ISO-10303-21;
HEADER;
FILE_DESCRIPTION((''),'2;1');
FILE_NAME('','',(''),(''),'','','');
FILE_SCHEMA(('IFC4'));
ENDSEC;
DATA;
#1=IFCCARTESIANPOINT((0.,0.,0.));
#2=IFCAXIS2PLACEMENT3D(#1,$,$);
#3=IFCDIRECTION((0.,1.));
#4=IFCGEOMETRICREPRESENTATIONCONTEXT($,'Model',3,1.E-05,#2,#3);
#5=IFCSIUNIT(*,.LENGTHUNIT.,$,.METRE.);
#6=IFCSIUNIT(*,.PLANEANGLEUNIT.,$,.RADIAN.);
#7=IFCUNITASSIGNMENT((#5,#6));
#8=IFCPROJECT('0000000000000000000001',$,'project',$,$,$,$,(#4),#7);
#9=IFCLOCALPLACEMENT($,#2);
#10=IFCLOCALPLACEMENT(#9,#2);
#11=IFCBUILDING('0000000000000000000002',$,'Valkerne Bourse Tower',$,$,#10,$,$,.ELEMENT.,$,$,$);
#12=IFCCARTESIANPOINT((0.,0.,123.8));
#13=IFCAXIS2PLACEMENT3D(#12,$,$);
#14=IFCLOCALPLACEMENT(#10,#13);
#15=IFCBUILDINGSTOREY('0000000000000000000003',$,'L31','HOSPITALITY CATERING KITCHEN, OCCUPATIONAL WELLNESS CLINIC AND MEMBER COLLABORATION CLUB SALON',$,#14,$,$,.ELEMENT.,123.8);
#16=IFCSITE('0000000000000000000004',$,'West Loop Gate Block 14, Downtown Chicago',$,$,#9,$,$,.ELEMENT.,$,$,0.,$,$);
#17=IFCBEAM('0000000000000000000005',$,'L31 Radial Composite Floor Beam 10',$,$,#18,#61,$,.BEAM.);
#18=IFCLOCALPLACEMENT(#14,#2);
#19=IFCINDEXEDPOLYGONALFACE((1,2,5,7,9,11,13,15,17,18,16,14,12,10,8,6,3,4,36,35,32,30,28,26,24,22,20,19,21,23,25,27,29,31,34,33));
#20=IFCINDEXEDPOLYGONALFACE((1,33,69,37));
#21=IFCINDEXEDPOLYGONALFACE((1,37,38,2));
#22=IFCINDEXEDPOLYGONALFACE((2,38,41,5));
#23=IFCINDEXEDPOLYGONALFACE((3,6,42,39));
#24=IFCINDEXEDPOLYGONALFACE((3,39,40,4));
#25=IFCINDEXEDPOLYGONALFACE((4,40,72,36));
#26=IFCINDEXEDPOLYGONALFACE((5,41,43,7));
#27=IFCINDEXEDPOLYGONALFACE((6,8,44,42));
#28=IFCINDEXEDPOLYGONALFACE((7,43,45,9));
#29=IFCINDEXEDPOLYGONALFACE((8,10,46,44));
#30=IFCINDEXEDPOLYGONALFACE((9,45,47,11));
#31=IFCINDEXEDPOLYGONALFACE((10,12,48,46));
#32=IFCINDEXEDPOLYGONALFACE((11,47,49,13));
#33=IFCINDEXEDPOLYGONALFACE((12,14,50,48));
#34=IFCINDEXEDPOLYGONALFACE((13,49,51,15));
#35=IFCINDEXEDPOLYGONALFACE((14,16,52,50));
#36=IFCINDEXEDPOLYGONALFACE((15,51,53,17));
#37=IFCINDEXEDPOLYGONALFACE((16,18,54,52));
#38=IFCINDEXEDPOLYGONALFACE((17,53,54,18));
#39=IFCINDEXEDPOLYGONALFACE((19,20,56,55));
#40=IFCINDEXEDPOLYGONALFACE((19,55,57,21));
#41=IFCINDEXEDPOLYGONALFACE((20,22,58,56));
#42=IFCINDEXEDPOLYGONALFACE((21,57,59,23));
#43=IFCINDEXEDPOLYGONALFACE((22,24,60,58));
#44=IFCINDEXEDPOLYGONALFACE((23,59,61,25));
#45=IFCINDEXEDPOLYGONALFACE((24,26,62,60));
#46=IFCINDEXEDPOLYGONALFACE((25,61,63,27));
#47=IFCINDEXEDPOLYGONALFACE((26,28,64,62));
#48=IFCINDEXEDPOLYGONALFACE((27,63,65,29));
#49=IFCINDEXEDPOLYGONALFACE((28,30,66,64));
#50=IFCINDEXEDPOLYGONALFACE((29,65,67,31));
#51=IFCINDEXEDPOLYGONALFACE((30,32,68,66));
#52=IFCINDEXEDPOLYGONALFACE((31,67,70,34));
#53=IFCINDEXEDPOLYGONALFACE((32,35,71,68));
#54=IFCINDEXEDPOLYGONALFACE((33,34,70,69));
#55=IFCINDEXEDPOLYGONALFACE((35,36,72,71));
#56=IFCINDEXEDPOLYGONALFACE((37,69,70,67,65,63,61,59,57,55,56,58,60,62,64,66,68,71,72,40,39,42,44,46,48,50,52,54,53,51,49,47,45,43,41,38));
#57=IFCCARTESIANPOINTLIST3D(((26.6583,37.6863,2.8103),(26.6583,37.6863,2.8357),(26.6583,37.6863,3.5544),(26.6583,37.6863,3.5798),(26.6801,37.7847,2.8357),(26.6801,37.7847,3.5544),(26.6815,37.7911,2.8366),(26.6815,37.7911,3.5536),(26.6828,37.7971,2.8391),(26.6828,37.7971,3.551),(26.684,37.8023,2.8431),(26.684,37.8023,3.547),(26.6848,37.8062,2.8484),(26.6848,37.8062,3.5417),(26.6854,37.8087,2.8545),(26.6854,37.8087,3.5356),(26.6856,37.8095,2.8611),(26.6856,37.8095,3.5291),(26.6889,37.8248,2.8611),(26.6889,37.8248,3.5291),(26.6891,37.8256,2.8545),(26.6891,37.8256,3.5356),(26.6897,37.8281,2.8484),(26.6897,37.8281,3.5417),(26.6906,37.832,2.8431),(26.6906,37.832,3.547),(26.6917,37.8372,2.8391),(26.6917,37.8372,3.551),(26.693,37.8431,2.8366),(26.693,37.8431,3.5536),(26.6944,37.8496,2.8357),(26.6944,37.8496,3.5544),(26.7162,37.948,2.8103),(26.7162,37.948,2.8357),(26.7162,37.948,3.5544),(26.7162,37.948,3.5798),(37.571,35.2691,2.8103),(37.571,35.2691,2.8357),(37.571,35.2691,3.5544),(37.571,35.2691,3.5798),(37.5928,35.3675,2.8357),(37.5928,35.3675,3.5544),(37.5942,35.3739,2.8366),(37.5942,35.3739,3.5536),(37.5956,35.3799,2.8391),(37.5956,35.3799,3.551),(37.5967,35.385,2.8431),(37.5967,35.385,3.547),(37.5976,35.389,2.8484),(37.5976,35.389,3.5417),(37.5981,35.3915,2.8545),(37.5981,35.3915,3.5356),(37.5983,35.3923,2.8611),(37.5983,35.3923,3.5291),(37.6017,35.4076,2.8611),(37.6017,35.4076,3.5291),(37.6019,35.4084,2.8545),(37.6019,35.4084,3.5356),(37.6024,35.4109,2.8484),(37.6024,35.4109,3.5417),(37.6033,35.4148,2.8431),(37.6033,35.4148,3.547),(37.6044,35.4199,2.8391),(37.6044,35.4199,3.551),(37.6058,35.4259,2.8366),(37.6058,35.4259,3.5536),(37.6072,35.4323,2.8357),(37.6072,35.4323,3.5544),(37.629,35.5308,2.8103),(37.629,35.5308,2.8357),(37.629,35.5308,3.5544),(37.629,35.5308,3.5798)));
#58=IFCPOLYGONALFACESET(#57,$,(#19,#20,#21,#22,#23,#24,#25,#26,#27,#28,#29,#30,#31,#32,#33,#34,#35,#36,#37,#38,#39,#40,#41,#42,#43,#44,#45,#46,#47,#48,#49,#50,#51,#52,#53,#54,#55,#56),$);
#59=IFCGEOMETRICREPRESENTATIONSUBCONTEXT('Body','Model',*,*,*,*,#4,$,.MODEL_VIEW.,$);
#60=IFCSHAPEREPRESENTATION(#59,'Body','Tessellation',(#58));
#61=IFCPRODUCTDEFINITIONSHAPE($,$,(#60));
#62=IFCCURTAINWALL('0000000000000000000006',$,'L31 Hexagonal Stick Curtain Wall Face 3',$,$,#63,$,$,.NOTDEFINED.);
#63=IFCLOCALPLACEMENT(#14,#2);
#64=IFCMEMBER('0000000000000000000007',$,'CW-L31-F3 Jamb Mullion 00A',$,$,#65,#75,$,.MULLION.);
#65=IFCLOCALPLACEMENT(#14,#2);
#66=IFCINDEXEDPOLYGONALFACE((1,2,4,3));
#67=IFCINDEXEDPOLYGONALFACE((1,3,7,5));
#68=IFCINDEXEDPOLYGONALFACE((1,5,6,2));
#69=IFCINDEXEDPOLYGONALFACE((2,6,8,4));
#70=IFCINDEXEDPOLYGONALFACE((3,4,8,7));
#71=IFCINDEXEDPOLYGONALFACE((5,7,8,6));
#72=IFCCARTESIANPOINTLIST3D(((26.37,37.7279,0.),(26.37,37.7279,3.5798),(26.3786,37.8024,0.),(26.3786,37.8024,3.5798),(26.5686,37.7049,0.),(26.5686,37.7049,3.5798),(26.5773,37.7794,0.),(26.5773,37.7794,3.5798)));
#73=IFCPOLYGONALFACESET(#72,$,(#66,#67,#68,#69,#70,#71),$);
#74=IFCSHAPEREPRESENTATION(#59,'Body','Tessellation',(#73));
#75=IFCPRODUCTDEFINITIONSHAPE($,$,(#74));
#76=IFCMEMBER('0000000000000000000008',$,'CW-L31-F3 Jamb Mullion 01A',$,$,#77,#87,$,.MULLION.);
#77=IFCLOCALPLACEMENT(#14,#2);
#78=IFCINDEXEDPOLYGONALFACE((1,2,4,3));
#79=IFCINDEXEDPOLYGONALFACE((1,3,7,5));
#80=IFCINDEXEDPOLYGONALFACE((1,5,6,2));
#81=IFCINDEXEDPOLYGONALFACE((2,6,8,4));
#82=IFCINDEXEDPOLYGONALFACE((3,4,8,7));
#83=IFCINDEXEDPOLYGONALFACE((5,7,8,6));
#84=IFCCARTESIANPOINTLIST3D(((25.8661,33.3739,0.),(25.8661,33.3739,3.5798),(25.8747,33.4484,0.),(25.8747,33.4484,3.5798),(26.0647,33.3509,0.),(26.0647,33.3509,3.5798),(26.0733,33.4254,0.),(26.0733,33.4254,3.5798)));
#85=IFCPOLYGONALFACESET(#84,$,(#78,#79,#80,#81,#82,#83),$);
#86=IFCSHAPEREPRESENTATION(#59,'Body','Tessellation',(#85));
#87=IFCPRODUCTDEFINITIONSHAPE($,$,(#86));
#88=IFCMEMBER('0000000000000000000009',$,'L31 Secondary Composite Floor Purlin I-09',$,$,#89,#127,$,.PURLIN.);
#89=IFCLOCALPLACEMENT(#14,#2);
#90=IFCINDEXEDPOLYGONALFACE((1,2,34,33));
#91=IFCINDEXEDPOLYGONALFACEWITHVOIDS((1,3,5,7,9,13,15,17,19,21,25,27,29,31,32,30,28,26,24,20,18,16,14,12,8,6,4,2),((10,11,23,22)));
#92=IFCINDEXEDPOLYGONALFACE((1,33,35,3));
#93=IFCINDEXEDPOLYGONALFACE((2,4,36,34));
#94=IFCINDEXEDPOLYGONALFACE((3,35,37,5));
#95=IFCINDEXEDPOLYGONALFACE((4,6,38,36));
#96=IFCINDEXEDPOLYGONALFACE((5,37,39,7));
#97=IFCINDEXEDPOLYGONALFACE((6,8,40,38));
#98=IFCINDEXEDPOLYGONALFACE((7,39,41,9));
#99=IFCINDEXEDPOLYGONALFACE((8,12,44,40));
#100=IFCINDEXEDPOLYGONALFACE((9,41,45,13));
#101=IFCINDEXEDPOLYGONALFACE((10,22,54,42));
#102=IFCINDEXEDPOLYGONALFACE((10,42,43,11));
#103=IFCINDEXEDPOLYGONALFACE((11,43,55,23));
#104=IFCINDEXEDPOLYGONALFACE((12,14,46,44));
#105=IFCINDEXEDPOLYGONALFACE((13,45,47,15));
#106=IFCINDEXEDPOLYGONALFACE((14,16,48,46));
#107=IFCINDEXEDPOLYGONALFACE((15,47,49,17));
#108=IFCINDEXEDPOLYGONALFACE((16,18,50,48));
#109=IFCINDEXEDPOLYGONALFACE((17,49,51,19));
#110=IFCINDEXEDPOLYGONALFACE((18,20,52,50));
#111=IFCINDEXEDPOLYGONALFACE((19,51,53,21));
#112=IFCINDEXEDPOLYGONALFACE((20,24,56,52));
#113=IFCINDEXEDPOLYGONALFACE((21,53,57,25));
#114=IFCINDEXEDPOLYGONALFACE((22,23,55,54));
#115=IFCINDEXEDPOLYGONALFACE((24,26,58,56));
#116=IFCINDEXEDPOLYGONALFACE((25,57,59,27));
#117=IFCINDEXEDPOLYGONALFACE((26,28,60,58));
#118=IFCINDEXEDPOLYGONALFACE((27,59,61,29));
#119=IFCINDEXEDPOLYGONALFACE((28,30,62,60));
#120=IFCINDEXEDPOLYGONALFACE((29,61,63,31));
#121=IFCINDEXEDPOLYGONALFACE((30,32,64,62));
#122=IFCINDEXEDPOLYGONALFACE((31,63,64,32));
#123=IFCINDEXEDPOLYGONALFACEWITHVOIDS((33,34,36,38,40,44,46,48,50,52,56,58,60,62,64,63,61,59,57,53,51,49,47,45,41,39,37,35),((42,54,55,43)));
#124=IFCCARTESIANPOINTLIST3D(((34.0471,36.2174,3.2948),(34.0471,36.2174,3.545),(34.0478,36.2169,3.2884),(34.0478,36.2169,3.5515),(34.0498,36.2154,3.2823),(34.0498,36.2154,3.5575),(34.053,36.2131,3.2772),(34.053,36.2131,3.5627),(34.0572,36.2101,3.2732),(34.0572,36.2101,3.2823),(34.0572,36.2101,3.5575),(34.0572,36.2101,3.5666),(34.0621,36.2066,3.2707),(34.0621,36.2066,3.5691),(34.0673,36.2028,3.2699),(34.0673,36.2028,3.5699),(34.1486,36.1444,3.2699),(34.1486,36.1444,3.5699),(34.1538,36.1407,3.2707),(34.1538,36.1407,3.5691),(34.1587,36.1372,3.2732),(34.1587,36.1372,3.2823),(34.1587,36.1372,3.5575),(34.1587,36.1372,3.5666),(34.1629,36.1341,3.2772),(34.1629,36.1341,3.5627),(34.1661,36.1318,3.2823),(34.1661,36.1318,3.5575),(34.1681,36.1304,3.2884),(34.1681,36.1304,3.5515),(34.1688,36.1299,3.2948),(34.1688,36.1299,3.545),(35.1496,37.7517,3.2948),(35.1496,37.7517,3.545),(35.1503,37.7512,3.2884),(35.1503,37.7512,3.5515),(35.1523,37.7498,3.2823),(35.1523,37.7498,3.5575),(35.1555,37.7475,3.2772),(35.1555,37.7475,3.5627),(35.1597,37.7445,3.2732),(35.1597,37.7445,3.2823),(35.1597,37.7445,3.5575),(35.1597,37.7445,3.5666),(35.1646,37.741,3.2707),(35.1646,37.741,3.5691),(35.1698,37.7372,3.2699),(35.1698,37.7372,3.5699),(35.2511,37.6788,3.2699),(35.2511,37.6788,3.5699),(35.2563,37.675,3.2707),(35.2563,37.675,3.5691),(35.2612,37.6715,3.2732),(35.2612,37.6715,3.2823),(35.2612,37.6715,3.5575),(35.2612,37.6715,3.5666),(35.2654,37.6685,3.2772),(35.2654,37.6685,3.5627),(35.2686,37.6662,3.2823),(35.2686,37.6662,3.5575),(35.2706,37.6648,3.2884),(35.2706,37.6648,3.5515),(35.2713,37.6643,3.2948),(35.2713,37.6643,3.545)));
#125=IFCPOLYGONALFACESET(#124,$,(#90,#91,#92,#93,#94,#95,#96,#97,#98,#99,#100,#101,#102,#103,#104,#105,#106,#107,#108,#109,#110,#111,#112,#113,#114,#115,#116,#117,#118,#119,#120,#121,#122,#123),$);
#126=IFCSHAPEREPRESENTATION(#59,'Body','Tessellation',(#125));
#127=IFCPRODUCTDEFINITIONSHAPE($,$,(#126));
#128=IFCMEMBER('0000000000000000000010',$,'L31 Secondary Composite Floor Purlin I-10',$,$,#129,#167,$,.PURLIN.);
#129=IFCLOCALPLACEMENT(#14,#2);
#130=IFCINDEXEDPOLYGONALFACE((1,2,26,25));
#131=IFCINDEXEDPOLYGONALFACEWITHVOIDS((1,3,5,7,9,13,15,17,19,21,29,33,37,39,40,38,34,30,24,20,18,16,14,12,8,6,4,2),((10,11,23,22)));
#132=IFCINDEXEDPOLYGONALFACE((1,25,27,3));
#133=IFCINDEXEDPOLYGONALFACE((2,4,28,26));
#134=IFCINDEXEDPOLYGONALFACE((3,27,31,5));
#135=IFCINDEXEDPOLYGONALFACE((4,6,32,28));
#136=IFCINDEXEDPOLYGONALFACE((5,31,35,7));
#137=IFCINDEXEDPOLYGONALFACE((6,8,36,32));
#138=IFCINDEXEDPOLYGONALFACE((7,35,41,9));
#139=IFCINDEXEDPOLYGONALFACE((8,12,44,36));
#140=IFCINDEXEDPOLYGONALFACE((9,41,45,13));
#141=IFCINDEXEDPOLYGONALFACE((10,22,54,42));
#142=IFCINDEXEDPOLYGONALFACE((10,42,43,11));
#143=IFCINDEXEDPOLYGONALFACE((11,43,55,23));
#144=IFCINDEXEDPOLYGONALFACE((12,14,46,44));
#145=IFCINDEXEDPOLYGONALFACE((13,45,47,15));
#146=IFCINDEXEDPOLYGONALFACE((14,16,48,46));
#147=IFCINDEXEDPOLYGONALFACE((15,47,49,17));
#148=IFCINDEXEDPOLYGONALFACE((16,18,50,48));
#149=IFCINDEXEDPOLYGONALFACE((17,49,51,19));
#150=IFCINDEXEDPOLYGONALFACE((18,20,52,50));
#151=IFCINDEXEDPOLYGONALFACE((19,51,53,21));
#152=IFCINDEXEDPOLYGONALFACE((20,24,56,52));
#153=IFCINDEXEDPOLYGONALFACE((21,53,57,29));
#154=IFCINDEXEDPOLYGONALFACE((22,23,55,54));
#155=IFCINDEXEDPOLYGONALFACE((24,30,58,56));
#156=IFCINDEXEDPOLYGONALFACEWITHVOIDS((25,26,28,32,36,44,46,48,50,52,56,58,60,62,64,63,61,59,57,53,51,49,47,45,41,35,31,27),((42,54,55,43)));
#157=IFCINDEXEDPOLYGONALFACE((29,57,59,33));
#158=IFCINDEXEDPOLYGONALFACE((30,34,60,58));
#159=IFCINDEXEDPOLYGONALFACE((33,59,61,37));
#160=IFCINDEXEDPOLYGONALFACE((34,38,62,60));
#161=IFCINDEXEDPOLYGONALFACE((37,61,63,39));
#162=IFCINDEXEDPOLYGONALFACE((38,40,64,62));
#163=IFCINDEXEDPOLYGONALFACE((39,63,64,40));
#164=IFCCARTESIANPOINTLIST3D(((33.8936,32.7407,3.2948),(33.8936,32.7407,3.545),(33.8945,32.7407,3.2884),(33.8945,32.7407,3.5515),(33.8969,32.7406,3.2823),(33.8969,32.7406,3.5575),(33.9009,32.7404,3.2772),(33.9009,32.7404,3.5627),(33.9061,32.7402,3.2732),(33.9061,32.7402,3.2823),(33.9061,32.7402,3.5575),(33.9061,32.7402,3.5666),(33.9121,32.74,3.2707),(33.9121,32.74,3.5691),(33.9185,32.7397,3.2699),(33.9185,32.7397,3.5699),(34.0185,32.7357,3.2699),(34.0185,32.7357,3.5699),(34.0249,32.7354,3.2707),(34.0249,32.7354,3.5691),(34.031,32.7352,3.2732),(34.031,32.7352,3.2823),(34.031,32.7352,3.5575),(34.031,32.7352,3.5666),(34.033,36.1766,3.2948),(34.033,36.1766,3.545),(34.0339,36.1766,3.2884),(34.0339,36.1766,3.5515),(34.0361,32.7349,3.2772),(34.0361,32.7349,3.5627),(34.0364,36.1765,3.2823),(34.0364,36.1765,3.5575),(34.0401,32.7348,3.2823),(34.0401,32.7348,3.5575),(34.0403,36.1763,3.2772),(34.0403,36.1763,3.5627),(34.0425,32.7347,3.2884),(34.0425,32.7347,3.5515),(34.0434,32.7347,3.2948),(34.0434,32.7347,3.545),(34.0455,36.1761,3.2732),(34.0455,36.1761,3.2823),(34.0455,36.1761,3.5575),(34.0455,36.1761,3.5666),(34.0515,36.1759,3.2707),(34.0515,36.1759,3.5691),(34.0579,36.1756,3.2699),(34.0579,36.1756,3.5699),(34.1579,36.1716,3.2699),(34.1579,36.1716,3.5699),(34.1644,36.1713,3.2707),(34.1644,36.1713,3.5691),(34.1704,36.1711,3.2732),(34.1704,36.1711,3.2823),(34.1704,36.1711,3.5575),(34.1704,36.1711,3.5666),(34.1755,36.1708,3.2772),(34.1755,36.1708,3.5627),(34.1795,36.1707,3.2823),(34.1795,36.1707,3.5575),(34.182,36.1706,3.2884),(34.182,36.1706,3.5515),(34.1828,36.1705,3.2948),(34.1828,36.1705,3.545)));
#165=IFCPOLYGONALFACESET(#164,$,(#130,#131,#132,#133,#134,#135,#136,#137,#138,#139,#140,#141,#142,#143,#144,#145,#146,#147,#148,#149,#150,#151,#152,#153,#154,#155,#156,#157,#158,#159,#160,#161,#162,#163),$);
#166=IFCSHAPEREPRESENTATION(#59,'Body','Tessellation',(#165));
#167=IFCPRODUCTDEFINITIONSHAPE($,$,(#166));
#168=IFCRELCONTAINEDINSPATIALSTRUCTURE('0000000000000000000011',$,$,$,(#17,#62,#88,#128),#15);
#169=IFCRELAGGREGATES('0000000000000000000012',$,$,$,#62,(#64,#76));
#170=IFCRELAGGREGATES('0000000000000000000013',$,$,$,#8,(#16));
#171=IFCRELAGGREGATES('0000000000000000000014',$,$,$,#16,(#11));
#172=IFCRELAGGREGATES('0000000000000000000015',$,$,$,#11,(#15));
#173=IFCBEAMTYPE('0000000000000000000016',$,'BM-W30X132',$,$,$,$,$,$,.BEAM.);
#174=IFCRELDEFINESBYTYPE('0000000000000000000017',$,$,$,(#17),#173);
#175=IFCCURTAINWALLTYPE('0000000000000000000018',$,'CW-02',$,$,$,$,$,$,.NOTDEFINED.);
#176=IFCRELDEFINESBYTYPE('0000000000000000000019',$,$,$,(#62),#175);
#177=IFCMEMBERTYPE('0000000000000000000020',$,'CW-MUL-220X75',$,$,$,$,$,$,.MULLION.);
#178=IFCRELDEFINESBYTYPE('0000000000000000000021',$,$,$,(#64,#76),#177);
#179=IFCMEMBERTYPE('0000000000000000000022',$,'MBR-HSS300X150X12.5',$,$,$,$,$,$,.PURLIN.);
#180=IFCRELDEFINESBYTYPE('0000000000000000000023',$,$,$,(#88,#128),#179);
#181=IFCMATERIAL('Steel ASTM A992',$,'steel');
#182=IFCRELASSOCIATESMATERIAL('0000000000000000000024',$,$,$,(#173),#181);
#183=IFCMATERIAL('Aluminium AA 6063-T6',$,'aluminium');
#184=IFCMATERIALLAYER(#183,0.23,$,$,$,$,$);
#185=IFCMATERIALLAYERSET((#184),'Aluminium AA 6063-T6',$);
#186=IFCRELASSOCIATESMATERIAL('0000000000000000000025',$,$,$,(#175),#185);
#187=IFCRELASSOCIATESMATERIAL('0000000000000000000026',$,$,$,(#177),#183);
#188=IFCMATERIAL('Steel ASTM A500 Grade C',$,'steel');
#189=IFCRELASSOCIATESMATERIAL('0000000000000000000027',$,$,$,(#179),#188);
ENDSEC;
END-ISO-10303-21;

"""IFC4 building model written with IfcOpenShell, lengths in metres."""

from ifc_helpers import new_model, si_unit, direction, frame, origin, origin_2d, place, context, subcontext, project, spatial, rectangle, hollow_rectangle, i_section, extrude, material, layer, layer_set, material_profile, profile_set, type_object, element, aggregate, save


model = new_model("IFC4")

# Units and contexts
model_context = context("Model", 3, precision=1e-05, world=origin(), true_north=direction((0.0, 1.0)))
body_context = subcontext(model_context, "Body", "Model", "MODEL_VIEW")
ifc_project = project(units=[si_unit("LENGTHUNIT", "METRE"), si_unit("PLANEANGLEUNIT", "RADIAN")], contexts=[model_context])

# Site, building, storey
site_placement = place(None, origin())
site = spatial("IfcSite", under=ifc_project, at=site_placement, Name="West Loop Gate Block 14, Downtown Chicago", CompositionType="ELEMENT", RefElevation=0.0)
building_placement = place(site_placement, origin())
building = spatial("IfcBuilding", under=site, at=building_placement, Name="Valkerne Bourse Tower", CompositionType="ELEMENT")
storey_placement = place(building_placement, frame((0.0, 0.0, 123.8)))
storey = spatial("IfcBuildingStorey", under=building, at=storey_placement, Name="L31", Description="HOSPITALITY CATERING KITCHEN, OCCUPATIONAL WELLNESS CLINIC AND MEMBER COLLABORATION CLUB SALON", CompositionType="ELEMENT", Elevation=123.8)

# Beam
ifc_material_1 = material(Name="Steel ASTM A992", Category="steel")
ifc_material_profile_1 = material_profile(ifc_material_1, i_section(OverallWidth=0.2681, OverallDepth=0.7695, WebThickness=0.0156, FlangeThickness=0.0254, FilletRadius=0.0254, at=origin_2d()), Name="W30X132")
ifc_profile_set_1 = profile_set([ifc_material_profile_1], Name="Steel ASTM A992")
beam_type_1 = type_object("IfcBeamType", Name="BM-W30X132", PredefinedType="BEAM", material=ifc_profile_set_1)
beam_1_placement = place(storey_placement, frame((26.6873, 37.8171, 3.1951), z_axis=(0.976335, -0.216262, 0.0), x_axis=(0.216262, 0.976335, 0.0)))
element("IfcBeam", 1, at=beam_1_placement, inside=storey, type_object=beam_type_1, Name="L31 Radial Composite Floor Beam 10", PredefinedType="BEAM", context=body_context, shape_type="SweptSolid", body=[
    extrude(i_section(OverallWidth=0.2681, OverallDepth=0.7695, WebThickness=0.0156, FlangeThickness=0.0254, FilletRadius=0.0254, at=origin_2d()), origin(), (0.0, 0.0, 1.0), 11.1772),
])

# Curtain wall, members
ifc_material_2 = material(Name="Aluminium AA 6063-T6", Category="aluminium")
ifc_layer_1 = layer(ifc_material_2, 0.23)
ifc_layer_set_1 = layer_set([ifc_layer_1], Name="Aluminium AA 6063-T6")
curtain_wall_type = type_object("IfcCurtainWallType", Name="CW-02", PredefinedType="NOTDEFINED", material=ifc_layer_set_1)
curtain_wall_placement = place(storey_placement, origin())
curtain_wall = element("IfcCurtainWall", 2, at=curtain_wall_placement, inside=storey, type_object=curtain_wall_type, Name="L31 Hexagonal Stick Curtain Wall Face 3", PredefinedType="NOTDEFINED")
ifc_material_profile_2 = material_profile(ifc_material_2, rectangle(XDim=0.075, YDim=0.2, at=origin_2d()), Name="CWM-75X200")
ifc_profile_set_2 = profile_set([ifc_material_profile_2], Name="Aluminium AA 6063-T6")
member_type_1 = type_object("IfcMemberType", Name="CW-MUL-220X75", PredefinedType="MULLION", material=ifc_profile_set_2)
member_1_placement = place(storey_placement, frame((26.4736, 37.7537, 0.0), z_axis=(0.0, 0.0, 1.0), x_axis=(-0.114943, -0.993372, 0.0)))
member_1 = element("IfcMember", 3, at=member_1_placement, type_object=member_type_1, Name="CW-L31-F3 Jamb Mullion 00A", PredefinedType="MULLION", context=body_context, shape_type="SweptSolid", body=[
    extrude(rectangle(XDim=0.075, YDim=0.2, at=origin_2d()), origin(), (0.0, 0.0, 1.0), 3.5798),
])
member_2_placement = place(storey_placement, frame((25.9697, 33.3997, 0.0), z_axis=(0.0, 0.0, 1.0), x_axis=(-0.114945, -0.993372, 0.0)))
member_2 = element("IfcMember", 4, at=member_2_placement, type_object=member_type_1, Name="CW-L31-F3 Jamb Mullion 01A", PredefinedType="MULLION", context=body_context, shape_type="SweptSolid", body=[
    extrude(rectangle(XDim=0.075, YDim=0.2, at=origin_2d()), origin(), (0.0, 0.0, 1.0), 3.5798),
])

# Members
ifc_material_3 = material(Name="Steel ASTM A500 Grade C", Category="steel")
ifc_material_profile_3 = material_profile(ifc_material_3, hollow_rectangle(XDim=0.1499, YDim=0.3, WallThickness=0.0125, OuterFilletRadius=0.0249, at=origin_2d()), Name="HSS300X150X12.5")
ifc_profile_set_3 = profile_set([ifc_material_profile_3], Name="Steel ASTM A500 Grade C")
member_type_2 = type_object("IfcMemberType", Name="MBR-HSS300X150X12.5", PredefinedType="PURLIN", material=ifc_profile_set_3)
member_3_placement = place(storey_placement, frame((35.2104, 37.708, 3.4199), z_axis=(-0.583522, -0.812098, 0.0), x_axis=(0.812098, -0.583522, 0.0)))
element("IfcMember", 5, at=member_3_placement, inside=storey, type_object=member_type_2, Name="L31 Secondary Composite Floor Purlin I-09", PredefinedType="PURLIN", context=body_context, shape_type="SweptSolid", body=[
    extrude(hollow_rectangle(XDim=0.1499, YDim=0.3, WallThickness=0.0125, OuterFilletRadius=0.0249, at=origin_2d()), origin(), (0.0, 0.0, 1.0), 1.8894),
])
member_4_placement = place(storey_placement, frame((34.1079, 36.1736, 3.4199), z_axis=(-0.040541, -0.999178, 0.0), x_axis=(0.999178, -0.040541, 0.0)))
element("IfcMember", 6, at=member_4_placement, inside=storey, type_object=member_type_2, Name="L31 Secondary Composite Floor Purlin I-10", PredefinedType="PURLIN", context=body_context, shape_type="SweptSolid", body=[
    extrude(hollow_rectangle(XDim=0.1499, YDim=0.3, WallThickness=0.0125, OuterFilletRadius=0.0249, at=origin_2d()), origin(), (0.0, 0.0, 1.0), 3.4387),
])

aggregate(curtain_wall, [member_1, member_2])

save(model, "model.ifc")
